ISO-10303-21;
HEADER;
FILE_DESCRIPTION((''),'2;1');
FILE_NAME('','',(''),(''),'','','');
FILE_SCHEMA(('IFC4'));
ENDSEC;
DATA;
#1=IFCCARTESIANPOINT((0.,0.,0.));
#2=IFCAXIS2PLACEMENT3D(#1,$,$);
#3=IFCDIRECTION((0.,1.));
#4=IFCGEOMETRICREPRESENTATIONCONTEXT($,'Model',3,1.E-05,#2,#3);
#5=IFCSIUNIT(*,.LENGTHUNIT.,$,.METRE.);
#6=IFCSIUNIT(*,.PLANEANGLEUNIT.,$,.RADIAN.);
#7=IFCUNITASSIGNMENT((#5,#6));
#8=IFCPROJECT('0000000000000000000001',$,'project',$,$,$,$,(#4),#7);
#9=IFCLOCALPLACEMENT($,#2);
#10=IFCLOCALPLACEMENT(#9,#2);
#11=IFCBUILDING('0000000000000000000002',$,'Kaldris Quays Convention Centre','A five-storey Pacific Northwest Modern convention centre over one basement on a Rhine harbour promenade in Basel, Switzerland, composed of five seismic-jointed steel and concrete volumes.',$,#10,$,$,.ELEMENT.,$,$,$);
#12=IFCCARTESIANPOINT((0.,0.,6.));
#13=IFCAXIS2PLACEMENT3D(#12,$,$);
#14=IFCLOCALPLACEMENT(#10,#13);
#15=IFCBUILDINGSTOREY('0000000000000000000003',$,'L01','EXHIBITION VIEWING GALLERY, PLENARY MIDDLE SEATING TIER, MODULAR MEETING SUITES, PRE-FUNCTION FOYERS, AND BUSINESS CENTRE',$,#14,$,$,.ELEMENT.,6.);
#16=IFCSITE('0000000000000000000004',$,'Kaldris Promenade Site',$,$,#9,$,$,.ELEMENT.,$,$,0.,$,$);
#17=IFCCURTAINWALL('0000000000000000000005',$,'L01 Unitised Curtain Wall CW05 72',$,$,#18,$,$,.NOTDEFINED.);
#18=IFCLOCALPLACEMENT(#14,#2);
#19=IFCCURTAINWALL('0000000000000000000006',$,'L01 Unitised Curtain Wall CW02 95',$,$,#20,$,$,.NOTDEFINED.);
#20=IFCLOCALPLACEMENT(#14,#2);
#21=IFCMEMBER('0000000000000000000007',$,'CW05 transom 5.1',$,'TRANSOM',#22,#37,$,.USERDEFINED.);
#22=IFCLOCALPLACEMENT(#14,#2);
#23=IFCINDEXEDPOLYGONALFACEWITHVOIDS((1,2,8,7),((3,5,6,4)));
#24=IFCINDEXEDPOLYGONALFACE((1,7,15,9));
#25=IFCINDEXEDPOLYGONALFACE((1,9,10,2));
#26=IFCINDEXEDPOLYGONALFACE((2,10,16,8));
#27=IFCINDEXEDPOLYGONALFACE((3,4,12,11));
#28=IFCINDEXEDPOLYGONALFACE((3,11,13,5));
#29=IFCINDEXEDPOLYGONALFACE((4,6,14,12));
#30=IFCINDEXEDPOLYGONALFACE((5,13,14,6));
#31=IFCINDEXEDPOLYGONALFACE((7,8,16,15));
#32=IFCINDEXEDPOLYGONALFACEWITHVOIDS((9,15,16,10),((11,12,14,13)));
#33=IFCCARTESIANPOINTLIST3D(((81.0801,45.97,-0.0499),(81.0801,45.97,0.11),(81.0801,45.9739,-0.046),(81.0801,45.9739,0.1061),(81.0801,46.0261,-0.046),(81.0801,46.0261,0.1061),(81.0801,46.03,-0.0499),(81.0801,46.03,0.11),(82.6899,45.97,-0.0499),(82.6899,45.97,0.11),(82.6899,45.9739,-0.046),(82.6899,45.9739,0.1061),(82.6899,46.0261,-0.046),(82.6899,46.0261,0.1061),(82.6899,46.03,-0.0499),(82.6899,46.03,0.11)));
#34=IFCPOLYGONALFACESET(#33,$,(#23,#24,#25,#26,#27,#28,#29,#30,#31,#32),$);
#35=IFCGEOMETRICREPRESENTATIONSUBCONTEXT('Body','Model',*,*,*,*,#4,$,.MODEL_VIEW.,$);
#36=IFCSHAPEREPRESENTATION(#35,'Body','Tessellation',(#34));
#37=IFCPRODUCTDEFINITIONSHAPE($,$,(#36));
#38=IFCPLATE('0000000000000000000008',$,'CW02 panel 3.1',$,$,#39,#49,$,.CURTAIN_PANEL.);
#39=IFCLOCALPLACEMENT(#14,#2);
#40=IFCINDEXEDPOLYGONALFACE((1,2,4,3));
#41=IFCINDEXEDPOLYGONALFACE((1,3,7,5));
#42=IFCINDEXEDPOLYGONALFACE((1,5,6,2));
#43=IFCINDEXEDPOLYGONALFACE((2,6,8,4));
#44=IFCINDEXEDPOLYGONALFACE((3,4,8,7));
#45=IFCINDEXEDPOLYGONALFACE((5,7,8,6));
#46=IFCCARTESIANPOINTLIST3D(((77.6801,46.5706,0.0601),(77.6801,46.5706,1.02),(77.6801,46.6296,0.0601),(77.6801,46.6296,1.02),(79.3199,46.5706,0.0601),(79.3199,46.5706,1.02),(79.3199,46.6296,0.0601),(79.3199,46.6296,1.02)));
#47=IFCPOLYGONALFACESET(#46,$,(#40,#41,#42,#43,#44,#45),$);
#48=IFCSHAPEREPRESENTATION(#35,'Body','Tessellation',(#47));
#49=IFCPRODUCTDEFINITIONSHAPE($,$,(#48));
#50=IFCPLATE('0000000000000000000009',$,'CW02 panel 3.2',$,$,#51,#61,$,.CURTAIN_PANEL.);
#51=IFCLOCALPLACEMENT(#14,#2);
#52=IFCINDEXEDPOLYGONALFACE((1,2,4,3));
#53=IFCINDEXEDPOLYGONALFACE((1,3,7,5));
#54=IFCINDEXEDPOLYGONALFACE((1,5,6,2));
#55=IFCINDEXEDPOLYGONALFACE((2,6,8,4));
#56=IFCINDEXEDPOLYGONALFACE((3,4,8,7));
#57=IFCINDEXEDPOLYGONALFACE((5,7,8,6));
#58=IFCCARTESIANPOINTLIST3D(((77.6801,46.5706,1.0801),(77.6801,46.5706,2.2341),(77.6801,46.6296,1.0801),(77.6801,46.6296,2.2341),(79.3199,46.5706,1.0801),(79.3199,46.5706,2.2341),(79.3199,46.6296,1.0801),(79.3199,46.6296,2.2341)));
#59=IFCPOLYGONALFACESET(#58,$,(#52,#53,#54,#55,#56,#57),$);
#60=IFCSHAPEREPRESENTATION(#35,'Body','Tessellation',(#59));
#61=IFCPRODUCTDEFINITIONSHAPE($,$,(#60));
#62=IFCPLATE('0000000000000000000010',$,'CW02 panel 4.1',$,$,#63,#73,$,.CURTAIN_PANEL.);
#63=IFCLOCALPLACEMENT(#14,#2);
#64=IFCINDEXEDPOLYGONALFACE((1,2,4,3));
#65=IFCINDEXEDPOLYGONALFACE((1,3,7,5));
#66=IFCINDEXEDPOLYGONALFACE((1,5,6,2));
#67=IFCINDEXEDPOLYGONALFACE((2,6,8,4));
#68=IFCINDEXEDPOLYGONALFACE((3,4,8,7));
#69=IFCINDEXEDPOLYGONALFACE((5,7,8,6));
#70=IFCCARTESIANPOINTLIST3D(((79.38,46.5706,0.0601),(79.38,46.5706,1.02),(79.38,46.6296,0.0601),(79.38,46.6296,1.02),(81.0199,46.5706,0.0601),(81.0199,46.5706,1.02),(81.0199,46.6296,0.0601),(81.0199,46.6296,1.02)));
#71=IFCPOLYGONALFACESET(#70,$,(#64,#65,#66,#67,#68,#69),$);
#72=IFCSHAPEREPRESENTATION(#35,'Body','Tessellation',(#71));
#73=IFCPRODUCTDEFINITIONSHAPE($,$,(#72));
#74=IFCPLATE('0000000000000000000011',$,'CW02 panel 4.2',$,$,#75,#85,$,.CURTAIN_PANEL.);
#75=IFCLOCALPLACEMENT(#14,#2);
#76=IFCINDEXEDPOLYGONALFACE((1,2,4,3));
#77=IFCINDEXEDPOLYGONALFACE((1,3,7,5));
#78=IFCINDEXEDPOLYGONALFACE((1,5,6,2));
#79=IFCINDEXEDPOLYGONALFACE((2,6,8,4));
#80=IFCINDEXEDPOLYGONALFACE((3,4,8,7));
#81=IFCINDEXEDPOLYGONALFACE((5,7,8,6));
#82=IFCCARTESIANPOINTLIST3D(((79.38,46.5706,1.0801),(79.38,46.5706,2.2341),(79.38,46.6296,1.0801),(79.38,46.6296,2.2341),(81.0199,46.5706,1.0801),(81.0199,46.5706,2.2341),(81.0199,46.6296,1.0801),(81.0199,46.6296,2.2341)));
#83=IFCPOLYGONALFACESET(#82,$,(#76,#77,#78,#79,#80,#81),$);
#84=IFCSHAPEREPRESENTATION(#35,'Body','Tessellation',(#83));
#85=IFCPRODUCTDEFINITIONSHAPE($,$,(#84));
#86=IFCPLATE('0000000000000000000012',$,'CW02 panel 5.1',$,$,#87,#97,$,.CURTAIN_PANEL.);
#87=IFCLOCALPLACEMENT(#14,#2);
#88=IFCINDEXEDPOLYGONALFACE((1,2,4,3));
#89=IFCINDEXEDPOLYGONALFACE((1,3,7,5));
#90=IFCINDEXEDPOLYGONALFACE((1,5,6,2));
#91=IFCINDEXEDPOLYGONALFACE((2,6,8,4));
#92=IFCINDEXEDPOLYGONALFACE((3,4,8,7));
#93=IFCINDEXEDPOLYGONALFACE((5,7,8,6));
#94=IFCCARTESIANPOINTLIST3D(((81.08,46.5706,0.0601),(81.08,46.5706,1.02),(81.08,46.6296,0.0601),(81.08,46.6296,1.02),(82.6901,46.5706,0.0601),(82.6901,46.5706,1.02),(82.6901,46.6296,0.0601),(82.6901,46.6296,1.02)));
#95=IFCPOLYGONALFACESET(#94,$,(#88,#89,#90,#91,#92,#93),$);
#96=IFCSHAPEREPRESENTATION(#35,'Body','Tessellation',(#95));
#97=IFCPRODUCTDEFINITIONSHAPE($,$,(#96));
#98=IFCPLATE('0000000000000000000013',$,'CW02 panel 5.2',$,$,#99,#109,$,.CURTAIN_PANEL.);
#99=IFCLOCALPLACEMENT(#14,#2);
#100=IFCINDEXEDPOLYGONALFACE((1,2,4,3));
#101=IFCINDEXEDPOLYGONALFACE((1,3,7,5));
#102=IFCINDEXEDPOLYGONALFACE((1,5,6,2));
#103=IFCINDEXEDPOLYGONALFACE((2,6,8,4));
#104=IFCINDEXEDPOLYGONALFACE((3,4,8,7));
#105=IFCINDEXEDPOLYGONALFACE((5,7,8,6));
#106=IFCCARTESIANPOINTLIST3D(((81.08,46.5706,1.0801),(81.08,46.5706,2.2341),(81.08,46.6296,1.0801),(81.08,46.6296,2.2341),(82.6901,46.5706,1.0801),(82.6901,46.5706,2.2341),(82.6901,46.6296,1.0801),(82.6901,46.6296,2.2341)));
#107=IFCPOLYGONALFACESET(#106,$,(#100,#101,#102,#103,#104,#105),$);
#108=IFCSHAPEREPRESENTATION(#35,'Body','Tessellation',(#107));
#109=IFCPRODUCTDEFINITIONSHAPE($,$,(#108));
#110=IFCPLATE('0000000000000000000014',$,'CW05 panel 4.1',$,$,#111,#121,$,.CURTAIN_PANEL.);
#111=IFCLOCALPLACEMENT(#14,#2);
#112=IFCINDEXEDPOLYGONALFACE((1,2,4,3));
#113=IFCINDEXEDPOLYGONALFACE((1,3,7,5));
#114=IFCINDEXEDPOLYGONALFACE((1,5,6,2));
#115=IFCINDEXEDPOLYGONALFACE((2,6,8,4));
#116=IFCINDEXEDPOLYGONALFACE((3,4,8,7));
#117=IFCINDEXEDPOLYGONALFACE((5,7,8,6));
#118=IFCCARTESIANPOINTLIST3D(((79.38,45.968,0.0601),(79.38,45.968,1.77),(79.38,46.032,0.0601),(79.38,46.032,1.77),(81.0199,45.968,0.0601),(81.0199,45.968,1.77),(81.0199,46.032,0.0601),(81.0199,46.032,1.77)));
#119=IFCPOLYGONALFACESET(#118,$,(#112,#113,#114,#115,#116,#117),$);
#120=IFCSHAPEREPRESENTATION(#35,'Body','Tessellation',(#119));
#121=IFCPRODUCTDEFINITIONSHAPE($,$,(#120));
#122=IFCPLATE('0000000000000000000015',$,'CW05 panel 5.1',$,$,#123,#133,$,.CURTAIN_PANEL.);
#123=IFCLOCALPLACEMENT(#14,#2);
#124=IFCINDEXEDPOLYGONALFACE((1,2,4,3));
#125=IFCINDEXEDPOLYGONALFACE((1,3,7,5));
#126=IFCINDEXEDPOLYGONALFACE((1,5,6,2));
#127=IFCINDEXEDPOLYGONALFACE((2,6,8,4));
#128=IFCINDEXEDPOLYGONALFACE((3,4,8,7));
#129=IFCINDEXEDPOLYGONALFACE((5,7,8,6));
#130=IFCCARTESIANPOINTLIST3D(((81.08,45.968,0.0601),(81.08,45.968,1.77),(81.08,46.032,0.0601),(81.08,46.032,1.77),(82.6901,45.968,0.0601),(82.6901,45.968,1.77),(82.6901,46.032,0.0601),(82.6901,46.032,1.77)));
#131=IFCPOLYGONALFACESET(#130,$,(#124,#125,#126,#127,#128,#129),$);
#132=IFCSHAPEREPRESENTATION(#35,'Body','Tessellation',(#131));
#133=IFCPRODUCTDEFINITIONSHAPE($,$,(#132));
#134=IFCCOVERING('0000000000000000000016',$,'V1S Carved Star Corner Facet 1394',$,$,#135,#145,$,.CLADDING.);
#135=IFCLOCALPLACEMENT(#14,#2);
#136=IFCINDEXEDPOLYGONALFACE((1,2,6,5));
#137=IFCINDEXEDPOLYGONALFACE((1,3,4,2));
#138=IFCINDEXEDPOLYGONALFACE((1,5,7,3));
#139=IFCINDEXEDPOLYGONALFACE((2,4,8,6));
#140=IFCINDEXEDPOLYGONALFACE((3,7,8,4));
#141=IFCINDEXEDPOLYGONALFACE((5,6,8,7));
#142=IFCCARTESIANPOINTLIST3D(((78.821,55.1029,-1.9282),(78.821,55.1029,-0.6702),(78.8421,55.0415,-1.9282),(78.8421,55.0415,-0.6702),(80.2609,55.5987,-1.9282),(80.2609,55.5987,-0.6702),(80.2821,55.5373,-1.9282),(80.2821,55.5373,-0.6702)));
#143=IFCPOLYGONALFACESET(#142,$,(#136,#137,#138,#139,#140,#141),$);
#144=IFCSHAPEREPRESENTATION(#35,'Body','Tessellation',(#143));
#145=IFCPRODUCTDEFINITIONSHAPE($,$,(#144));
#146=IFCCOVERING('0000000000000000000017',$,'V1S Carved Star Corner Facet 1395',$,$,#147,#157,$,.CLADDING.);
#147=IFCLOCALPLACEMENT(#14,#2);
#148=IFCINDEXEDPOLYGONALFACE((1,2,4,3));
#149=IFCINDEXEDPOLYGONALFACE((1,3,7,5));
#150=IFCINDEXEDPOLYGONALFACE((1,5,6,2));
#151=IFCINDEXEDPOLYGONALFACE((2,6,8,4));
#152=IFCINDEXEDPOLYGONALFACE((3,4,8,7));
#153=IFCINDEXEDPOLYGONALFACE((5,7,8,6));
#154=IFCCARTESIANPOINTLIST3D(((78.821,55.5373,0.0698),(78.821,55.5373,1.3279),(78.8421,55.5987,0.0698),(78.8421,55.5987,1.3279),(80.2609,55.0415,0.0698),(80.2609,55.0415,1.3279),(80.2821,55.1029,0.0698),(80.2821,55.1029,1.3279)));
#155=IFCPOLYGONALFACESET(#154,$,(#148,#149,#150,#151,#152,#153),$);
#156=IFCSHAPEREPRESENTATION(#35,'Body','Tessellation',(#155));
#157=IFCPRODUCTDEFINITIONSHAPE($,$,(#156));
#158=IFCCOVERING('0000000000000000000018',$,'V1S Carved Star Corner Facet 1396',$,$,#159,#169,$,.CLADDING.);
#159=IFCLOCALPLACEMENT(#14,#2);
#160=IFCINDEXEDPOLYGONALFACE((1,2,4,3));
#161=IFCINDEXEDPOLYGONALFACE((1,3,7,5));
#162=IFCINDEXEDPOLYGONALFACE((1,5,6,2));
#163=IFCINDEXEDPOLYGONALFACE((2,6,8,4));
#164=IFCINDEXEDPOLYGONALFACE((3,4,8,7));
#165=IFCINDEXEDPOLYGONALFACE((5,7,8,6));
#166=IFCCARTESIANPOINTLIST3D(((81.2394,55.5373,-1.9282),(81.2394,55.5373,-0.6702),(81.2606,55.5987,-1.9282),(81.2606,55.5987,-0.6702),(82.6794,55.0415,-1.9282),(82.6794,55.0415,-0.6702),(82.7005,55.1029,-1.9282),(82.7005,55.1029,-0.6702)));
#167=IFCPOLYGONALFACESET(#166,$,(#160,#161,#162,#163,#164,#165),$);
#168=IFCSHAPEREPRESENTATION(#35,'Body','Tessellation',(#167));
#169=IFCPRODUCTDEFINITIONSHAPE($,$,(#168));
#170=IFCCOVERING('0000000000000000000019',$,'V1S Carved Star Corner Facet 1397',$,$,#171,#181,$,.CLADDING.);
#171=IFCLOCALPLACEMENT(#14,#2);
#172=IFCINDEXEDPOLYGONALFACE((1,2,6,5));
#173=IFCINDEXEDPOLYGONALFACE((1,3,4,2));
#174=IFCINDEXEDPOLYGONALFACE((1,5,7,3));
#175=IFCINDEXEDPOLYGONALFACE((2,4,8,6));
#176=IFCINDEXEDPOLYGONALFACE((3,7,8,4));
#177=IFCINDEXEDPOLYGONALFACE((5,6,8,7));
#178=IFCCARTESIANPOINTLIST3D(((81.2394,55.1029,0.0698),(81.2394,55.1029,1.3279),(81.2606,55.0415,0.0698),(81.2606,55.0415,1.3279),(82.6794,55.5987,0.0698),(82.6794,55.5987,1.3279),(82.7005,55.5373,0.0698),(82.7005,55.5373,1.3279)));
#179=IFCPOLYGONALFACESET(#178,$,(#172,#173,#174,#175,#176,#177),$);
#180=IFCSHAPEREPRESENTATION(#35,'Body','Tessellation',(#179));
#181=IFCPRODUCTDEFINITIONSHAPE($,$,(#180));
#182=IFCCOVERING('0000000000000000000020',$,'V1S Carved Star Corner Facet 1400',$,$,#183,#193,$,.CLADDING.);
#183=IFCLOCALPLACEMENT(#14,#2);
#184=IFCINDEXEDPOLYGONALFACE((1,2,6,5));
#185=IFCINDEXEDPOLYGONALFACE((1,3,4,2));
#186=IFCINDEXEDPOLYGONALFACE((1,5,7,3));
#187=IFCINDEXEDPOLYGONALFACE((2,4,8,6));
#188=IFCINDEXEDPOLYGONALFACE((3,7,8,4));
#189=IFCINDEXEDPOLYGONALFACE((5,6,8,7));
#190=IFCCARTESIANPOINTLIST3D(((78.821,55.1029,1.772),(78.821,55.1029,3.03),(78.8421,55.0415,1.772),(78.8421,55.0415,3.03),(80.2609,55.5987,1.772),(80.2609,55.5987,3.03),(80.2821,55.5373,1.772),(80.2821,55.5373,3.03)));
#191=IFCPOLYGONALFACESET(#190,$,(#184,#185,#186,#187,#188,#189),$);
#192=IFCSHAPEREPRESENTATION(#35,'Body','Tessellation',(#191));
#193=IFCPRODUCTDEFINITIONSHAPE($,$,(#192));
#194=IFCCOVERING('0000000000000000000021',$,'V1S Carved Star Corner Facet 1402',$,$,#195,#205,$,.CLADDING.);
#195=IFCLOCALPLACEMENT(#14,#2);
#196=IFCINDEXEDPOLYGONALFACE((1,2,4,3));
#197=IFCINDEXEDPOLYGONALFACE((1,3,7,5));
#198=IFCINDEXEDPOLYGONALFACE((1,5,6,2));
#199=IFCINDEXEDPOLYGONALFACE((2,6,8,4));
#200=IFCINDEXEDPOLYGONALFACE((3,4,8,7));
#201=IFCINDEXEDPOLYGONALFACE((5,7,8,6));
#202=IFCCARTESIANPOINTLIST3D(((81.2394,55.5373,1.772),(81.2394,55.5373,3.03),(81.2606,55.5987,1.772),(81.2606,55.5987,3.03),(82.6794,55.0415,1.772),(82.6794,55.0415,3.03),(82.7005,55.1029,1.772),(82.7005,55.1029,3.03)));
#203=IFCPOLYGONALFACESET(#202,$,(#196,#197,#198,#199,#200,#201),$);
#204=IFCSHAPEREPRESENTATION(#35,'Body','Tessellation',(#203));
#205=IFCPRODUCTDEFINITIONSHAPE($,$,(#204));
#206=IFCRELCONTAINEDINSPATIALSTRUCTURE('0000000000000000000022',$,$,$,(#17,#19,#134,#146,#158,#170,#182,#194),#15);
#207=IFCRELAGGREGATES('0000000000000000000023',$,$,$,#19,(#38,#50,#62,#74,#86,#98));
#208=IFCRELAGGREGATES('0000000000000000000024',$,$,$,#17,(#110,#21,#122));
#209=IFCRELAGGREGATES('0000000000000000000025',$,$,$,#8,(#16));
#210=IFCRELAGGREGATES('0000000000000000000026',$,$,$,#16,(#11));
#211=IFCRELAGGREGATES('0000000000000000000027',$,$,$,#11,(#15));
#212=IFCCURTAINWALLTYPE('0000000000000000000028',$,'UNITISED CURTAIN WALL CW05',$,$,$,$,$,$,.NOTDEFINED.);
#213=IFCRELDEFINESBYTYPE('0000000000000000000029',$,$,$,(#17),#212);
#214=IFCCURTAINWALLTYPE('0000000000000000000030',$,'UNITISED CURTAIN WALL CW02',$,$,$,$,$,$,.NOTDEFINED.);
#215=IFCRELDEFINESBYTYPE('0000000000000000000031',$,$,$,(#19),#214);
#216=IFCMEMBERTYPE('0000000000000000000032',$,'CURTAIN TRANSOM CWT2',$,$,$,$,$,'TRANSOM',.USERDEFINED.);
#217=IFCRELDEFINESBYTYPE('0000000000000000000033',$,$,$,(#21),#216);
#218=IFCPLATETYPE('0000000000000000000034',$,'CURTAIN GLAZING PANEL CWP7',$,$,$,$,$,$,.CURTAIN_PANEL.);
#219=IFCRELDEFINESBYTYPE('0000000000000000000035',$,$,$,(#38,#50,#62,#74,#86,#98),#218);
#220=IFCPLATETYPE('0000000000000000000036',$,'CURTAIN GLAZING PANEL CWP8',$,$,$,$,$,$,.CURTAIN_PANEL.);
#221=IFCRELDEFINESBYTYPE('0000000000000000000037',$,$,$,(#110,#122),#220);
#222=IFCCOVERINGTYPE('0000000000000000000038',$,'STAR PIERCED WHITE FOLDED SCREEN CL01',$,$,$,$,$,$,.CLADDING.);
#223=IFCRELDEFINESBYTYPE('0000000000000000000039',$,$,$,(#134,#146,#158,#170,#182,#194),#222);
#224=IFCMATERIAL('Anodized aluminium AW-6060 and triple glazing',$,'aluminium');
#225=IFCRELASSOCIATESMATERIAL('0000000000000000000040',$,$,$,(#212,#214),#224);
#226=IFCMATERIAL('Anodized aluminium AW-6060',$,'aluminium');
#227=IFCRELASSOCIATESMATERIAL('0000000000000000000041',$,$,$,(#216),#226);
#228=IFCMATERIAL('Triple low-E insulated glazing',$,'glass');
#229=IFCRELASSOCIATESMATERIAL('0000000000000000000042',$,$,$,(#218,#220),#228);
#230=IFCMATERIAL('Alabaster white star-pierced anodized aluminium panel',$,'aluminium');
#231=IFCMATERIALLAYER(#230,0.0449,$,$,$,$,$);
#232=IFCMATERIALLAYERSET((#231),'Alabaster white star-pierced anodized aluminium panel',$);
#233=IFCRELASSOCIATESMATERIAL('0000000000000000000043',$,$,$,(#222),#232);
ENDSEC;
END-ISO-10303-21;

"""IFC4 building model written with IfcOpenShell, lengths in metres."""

from ifc_helpers import new_model, si_unit, direction, frame, origin, origin_2d, place, context, subcontext, project, spatial, rectangle, hollow_rectangle, extrude, material, layer, layer_set, material_profile, profile_set, type_object, element, aggregate, save


model = new_model("IFC4")

# Units and contexts
model_context = context("Model", 3, precision=1e-05, world=origin(), true_north=direction((0.0, 1.0)))
body_context = subcontext(model_context, "Body", "Model", "MODEL_VIEW")
ifc_project = project(units=[si_unit("LENGTHUNIT", "METRE"), si_unit("PLANEANGLEUNIT", "RADIAN")], contexts=[model_context])

# Site, building, storey
site_placement = place(None, origin())
site = spatial("IfcSite", under=ifc_project, at=site_placement, Name="Kaldris Promenade Site", CompositionType="ELEMENT", RefElevation=0.0)
building_placement = place(site_placement, origin())
building = spatial("IfcBuilding", under=site, at=building_placement, Name="Kaldris Quays Convention Centre", Description="A five-storey Pacific Northwest Modern convention centre over one basement on a Rhine harbour promenade in Basel, Switzerland, composed of five seismic-jointed steel and concrete volumes.", CompositionType="ELEMENT")
storey_placement = place(building_placement, frame((0.0, 0.0, 6.0)))
storey = spatial("IfcBuildingStorey", under=building, at=storey_placement, Name="L01", Description="EXHIBITION VIEWING GALLERY, PLENARY MIDDLE SEATING TIER, MODULAR MEETING SUITES, PRE-FUNCTION FOYERS, AND BUSINESS CENTRE", CompositionType="ELEMENT", Elevation=6.0)

# Curtain walls
ifc_material_1 = material(Name="Anodized aluminium AW-6060 and triple glazing", Category="aluminium")
curtain_wall_type_1 = type_object("IfcCurtainWallType", Name="UNITISED CURTAIN WALL CW05", PredefinedType="NOTDEFINED", material=ifc_material_1)
curtain_wall_1_placement = place(storey_placement, origin())
curtain_wall_1 = element("IfcCurtainWall", 1, at=curtain_wall_1_placement, inside=storey, type_object=curtain_wall_type_1, Name="L01 Unitised Curtain Wall CW05 72", PredefinedType="NOTDEFINED")
ifc_material_2 = material(Name="Anodized aluminium AW-6060", Category="aluminium")
curtain_wall_type_2 = type_object("IfcCurtainWallType", Name="UNITISED CURTAIN WALL CW02", PredefinedType="NOTDEFINED", material=ifc_material_1)
curtain_wall_2_placement = place(storey_placement, origin())
curtain_wall_2 = element("IfcCurtainWall", 2, at=curtain_wall_2_placement, inside=storey, type_object=curtain_wall_type_2, Name="L01 Unitised Curtain Wall CW02 95", PredefinedType="NOTDEFINED")

# Member
ifc_material_profile_1 = material_profile(ifc_material_2, hollow_rectangle(XDim=0.0601, YDim=0.1599, WallThickness=0.0039, at=origin_2d()), Name="RHS 160x60x4")
ifc_profile_set_1 = profile_set([ifc_material_profile_1], Name="Anodized aluminium AW-6060")
member_type_1 = type_object("IfcMemberType", Name="CURTAIN TRANSOM CWT2", ElementType="TRANSOM", PredefinedType="USERDEFINED", material=ifc_profile_set_1)
member_1_placement = place(storey_placement, frame((81.0801, 46.0, 0.03), z_axis=(1.0, 0.0, 0.0), x_axis=(0.0, 1.0, 0.0)))
member_1 = element("IfcMember", 3, at=member_1_placement, type_object=member_type_1, Name="CW05 transom 5.1", ObjectType="TRANSOM", PredefinedType="USERDEFINED", context=body_context, shape_type="SweptSolid", body=[
    extrude(hollow_rectangle(XDim=0.0601, YDim=0.1599, WallThickness=0.0039, at=origin_2d()), origin(), (0.0, 0.0, 1.0), 1.6099),
])

# Plates
ifc_material_3 = material(Name="Triple low-E insulated glazing", Category="glass")
plate_type_1 = type_object("IfcPlateType", Name="CURTAIN GLAZING PANEL CWP7", PredefinedType="CURTAIN_PANEL", material=ifc_material_3)
plate_1_placement = place(storey_placement, frame((78.5, 46.6001, 0.0601), z_axis=(0.0, 0.0, 1.0), x_axis=(1.0, 0.0, 0.0)))
plate_1 = element("IfcPlate", 4, at=plate_1_placement, type_object=plate_type_1, Name="CW02 panel 3.1", PredefinedType="CURTAIN_PANEL", context=body_context, shape_type="SweptSolid", body=[
    extrude(rectangle(XDim=1.6399, YDim=0.0591, at=origin_2d()), origin(), (0.0, 0.0, 1.0), 0.96),
])
plate_2_placement = place(storey_placement, frame((78.5, 46.6001, 1.0801), z_axis=(0.0, 0.0, 1.0), x_axis=(1.0, 0.0, 0.0)))
plate_2 = element("IfcPlate", 5, at=plate_2_placement, type_object=plate_type_1, Name="CW02 panel 3.2", PredefinedType="CURTAIN_PANEL", context=body_context, shape_type="SweptSolid", body=[
    extrude(rectangle(XDim=1.6399, YDim=0.0591, at=origin_2d()), origin(), (0.0, 0.0, 1.0), 1.1541),
])
plate_3_placement = place(storey_placement, frame((80.2, 46.6001, 0.0601), z_axis=(0.0, 0.0, 1.0), x_axis=(1.0, 0.0, 0.0)))
plate_3 = element("IfcPlate", 6, at=plate_3_placement, type_object=plate_type_1, Name="CW02 panel 4.1", PredefinedType="CURTAIN_PANEL", context=body_context, shape_type="SweptSolid", body=[
    extrude(rectangle(XDim=1.6399, YDim=0.0591, at=origin_2d()), origin(), (0.0, 0.0, 1.0), 0.96),
])
plate_4_placement = place(storey_placement, frame((80.2, 46.6001, 1.0801), z_axis=(0.0, 0.0, 1.0), x_axis=(1.0, 0.0, 0.0)))
plate_4 = element("IfcPlate", 7, at=plate_4_placement, type_object=plate_type_1, Name="CW02 panel 4.2", PredefinedType="CURTAIN_PANEL", context=body_context, shape_type="SweptSolid", body=[
    extrude(rectangle(XDim=1.6399, YDim=0.0591, at=origin_2d()), origin(), (0.0, 0.0, 1.0), 1.1541),
])
plate_5_placement = place(storey_placement, frame((81.885, 46.6001, 0.0601), z_axis=(0.0, 0.0, 1.0), x_axis=(1.0, 0.0, 0.0)))
plate_5 = element("IfcPlate", 8, at=plate_5_placement, type_object=plate_type_1, Name="CW02 panel 5.1", PredefinedType="CURTAIN_PANEL", context=body_context, shape_type="SweptSolid", body=[
    extrude(rectangle(XDim=1.6101, YDim=0.0591, at=origin_2d()), origin(), (0.0, 0.0, 1.0), 0.96),
])
plate_6_placement = place(storey_placement, frame((81.885, 46.6001, 1.0801), z_axis=(0.0, 0.0, 1.0), x_axis=(1.0, 0.0, 0.0)))
plate_6 = element("IfcPlate", 9, at=plate_6_placement, type_object=plate_type_1, Name="CW02 panel 5.2", PredefinedType="CURTAIN_PANEL", context=body_context, shape_type="SweptSolid", body=[
    extrude(rectangle(XDim=1.6101, YDim=0.0591, at=origin_2d()), origin(), (0.0, 0.0, 1.0), 1.1541),
])
aggregate(curtain_wall_2, [plate_1, plate_2, plate_3, plate_4, plate_5, plate_6])
plate_type_2 = type_object("IfcPlateType", Name="CURTAIN GLAZING PANEL CWP8", PredefinedType="CURTAIN_PANEL", material=ifc_material_3)
plate_7_placement = place(storey_placement, frame((80.2, 46.0, 0.0601), z_axis=(0.0, 0.0, 1.0), x_axis=(1.0, 0.0, 0.0)))
plate_7 = element("IfcPlate", 10, at=plate_7_placement, type_object=plate_type_2, Name="CW05 panel 4.1", PredefinedType="CURTAIN_PANEL", context=body_context, shape_type="SweptSolid", body=[
    extrude(rectangle(XDim=1.6399, YDim=0.064, at=origin_2d()), origin(), (0.0, 0.0, 1.0), 1.71),
])
plate_8_placement = place(storey_placement, frame((81.885, 46.0, 0.0601), z_axis=(0.0, 0.0, 1.0), x_axis=(1.0, 0.0, 0.0)))
plate_8 = element("IfcPlate", 11, at=plate_8_placement, type_object=plate_type_2, Name="CW05 panel 5.1", PredefinedType="CURTAIN_PANEL", context=body_context, shape_type="SweptSolid", body=[
    extrude(rectangle(XDim=1.6101, YDim=0.064, at=origin_2d()), origin(), (0.0, 0.0, 1.0), 1.71),
])
aggregate(curtain_wall_1, [plate_7, member_1, plate_8])

# Coverings
ifc_material_4 = material(Name="Alabaster white star-pierced anodized aluminium panel", Category="aluminium")
ifc_layer = layer(ifc_material_4, 0.0449)
ifc_layer_set = layer_set([ifc_layer], Name="Alabaster white star-pierced anodized aluminium panel")
covering_type = type_object("IfcCoveringType", Name="STAR PIERCED WHITE FOLDED SCREEN CL01", PredefinedType="CLADDING", material=ifc_layer_set)
for number, where, z_axis, x_axis, name in (
    (12, (79.5515, 55.3201, -1.9282), (0.0, 0.0, 1.0), (0.945519, 0.325568, 0.0), "V1S Carved Star Corner Facet 1394"),
    (13, (79.5515, 55.3201, 0.0698), (0.0, 0.0, 1.0), (0.945519, -0.325568, 0.0), "V1S Carved Star Corner Facet 1395"),
    (14, (81.97, 55.3201, -1.9282), (0.0, 0.0, 1.0), (0.945519, -0.325568, 0.0), "V1S Carved Star Corner Facet 1396"),
    (15, (81.97, 55.3201, 0.0698), (0.0, 0.0, 1.0), (0.945519, 0.325568, 0.0), "V1S Carved Star Corner Facet 1397"),
    (16, (79.5515, 55.3201, 1.772), (0.0, 0.0, 1.0), (0.945519, 0.325568, 0.0), "V1S Carved Star Corner Facet 1400"),
    (17, (81.97, 55.3201, 1.772), (0.0, 0.0, 1.0), (0.945519, -0.325568, 0.0), "V1S Carved Star Corner Facet 1402"),
):
    element("IfcCovering", number, at=place(storey_placement, frame(where, z_axis=z_axis, x_axis=x_axis)), inside=storey, type_object=covering_type, Name=name, PredefinedType="CLADDING", context=body_context, shape_type="SweptSolid", body=[
        extrude(rectangle(XDim=1.5229, YDim=0.0649, at=origin_2d()), origin(), (0.0, 0.0, 1.0), 1.2581),
    ])

save(model, "model.ifc")
